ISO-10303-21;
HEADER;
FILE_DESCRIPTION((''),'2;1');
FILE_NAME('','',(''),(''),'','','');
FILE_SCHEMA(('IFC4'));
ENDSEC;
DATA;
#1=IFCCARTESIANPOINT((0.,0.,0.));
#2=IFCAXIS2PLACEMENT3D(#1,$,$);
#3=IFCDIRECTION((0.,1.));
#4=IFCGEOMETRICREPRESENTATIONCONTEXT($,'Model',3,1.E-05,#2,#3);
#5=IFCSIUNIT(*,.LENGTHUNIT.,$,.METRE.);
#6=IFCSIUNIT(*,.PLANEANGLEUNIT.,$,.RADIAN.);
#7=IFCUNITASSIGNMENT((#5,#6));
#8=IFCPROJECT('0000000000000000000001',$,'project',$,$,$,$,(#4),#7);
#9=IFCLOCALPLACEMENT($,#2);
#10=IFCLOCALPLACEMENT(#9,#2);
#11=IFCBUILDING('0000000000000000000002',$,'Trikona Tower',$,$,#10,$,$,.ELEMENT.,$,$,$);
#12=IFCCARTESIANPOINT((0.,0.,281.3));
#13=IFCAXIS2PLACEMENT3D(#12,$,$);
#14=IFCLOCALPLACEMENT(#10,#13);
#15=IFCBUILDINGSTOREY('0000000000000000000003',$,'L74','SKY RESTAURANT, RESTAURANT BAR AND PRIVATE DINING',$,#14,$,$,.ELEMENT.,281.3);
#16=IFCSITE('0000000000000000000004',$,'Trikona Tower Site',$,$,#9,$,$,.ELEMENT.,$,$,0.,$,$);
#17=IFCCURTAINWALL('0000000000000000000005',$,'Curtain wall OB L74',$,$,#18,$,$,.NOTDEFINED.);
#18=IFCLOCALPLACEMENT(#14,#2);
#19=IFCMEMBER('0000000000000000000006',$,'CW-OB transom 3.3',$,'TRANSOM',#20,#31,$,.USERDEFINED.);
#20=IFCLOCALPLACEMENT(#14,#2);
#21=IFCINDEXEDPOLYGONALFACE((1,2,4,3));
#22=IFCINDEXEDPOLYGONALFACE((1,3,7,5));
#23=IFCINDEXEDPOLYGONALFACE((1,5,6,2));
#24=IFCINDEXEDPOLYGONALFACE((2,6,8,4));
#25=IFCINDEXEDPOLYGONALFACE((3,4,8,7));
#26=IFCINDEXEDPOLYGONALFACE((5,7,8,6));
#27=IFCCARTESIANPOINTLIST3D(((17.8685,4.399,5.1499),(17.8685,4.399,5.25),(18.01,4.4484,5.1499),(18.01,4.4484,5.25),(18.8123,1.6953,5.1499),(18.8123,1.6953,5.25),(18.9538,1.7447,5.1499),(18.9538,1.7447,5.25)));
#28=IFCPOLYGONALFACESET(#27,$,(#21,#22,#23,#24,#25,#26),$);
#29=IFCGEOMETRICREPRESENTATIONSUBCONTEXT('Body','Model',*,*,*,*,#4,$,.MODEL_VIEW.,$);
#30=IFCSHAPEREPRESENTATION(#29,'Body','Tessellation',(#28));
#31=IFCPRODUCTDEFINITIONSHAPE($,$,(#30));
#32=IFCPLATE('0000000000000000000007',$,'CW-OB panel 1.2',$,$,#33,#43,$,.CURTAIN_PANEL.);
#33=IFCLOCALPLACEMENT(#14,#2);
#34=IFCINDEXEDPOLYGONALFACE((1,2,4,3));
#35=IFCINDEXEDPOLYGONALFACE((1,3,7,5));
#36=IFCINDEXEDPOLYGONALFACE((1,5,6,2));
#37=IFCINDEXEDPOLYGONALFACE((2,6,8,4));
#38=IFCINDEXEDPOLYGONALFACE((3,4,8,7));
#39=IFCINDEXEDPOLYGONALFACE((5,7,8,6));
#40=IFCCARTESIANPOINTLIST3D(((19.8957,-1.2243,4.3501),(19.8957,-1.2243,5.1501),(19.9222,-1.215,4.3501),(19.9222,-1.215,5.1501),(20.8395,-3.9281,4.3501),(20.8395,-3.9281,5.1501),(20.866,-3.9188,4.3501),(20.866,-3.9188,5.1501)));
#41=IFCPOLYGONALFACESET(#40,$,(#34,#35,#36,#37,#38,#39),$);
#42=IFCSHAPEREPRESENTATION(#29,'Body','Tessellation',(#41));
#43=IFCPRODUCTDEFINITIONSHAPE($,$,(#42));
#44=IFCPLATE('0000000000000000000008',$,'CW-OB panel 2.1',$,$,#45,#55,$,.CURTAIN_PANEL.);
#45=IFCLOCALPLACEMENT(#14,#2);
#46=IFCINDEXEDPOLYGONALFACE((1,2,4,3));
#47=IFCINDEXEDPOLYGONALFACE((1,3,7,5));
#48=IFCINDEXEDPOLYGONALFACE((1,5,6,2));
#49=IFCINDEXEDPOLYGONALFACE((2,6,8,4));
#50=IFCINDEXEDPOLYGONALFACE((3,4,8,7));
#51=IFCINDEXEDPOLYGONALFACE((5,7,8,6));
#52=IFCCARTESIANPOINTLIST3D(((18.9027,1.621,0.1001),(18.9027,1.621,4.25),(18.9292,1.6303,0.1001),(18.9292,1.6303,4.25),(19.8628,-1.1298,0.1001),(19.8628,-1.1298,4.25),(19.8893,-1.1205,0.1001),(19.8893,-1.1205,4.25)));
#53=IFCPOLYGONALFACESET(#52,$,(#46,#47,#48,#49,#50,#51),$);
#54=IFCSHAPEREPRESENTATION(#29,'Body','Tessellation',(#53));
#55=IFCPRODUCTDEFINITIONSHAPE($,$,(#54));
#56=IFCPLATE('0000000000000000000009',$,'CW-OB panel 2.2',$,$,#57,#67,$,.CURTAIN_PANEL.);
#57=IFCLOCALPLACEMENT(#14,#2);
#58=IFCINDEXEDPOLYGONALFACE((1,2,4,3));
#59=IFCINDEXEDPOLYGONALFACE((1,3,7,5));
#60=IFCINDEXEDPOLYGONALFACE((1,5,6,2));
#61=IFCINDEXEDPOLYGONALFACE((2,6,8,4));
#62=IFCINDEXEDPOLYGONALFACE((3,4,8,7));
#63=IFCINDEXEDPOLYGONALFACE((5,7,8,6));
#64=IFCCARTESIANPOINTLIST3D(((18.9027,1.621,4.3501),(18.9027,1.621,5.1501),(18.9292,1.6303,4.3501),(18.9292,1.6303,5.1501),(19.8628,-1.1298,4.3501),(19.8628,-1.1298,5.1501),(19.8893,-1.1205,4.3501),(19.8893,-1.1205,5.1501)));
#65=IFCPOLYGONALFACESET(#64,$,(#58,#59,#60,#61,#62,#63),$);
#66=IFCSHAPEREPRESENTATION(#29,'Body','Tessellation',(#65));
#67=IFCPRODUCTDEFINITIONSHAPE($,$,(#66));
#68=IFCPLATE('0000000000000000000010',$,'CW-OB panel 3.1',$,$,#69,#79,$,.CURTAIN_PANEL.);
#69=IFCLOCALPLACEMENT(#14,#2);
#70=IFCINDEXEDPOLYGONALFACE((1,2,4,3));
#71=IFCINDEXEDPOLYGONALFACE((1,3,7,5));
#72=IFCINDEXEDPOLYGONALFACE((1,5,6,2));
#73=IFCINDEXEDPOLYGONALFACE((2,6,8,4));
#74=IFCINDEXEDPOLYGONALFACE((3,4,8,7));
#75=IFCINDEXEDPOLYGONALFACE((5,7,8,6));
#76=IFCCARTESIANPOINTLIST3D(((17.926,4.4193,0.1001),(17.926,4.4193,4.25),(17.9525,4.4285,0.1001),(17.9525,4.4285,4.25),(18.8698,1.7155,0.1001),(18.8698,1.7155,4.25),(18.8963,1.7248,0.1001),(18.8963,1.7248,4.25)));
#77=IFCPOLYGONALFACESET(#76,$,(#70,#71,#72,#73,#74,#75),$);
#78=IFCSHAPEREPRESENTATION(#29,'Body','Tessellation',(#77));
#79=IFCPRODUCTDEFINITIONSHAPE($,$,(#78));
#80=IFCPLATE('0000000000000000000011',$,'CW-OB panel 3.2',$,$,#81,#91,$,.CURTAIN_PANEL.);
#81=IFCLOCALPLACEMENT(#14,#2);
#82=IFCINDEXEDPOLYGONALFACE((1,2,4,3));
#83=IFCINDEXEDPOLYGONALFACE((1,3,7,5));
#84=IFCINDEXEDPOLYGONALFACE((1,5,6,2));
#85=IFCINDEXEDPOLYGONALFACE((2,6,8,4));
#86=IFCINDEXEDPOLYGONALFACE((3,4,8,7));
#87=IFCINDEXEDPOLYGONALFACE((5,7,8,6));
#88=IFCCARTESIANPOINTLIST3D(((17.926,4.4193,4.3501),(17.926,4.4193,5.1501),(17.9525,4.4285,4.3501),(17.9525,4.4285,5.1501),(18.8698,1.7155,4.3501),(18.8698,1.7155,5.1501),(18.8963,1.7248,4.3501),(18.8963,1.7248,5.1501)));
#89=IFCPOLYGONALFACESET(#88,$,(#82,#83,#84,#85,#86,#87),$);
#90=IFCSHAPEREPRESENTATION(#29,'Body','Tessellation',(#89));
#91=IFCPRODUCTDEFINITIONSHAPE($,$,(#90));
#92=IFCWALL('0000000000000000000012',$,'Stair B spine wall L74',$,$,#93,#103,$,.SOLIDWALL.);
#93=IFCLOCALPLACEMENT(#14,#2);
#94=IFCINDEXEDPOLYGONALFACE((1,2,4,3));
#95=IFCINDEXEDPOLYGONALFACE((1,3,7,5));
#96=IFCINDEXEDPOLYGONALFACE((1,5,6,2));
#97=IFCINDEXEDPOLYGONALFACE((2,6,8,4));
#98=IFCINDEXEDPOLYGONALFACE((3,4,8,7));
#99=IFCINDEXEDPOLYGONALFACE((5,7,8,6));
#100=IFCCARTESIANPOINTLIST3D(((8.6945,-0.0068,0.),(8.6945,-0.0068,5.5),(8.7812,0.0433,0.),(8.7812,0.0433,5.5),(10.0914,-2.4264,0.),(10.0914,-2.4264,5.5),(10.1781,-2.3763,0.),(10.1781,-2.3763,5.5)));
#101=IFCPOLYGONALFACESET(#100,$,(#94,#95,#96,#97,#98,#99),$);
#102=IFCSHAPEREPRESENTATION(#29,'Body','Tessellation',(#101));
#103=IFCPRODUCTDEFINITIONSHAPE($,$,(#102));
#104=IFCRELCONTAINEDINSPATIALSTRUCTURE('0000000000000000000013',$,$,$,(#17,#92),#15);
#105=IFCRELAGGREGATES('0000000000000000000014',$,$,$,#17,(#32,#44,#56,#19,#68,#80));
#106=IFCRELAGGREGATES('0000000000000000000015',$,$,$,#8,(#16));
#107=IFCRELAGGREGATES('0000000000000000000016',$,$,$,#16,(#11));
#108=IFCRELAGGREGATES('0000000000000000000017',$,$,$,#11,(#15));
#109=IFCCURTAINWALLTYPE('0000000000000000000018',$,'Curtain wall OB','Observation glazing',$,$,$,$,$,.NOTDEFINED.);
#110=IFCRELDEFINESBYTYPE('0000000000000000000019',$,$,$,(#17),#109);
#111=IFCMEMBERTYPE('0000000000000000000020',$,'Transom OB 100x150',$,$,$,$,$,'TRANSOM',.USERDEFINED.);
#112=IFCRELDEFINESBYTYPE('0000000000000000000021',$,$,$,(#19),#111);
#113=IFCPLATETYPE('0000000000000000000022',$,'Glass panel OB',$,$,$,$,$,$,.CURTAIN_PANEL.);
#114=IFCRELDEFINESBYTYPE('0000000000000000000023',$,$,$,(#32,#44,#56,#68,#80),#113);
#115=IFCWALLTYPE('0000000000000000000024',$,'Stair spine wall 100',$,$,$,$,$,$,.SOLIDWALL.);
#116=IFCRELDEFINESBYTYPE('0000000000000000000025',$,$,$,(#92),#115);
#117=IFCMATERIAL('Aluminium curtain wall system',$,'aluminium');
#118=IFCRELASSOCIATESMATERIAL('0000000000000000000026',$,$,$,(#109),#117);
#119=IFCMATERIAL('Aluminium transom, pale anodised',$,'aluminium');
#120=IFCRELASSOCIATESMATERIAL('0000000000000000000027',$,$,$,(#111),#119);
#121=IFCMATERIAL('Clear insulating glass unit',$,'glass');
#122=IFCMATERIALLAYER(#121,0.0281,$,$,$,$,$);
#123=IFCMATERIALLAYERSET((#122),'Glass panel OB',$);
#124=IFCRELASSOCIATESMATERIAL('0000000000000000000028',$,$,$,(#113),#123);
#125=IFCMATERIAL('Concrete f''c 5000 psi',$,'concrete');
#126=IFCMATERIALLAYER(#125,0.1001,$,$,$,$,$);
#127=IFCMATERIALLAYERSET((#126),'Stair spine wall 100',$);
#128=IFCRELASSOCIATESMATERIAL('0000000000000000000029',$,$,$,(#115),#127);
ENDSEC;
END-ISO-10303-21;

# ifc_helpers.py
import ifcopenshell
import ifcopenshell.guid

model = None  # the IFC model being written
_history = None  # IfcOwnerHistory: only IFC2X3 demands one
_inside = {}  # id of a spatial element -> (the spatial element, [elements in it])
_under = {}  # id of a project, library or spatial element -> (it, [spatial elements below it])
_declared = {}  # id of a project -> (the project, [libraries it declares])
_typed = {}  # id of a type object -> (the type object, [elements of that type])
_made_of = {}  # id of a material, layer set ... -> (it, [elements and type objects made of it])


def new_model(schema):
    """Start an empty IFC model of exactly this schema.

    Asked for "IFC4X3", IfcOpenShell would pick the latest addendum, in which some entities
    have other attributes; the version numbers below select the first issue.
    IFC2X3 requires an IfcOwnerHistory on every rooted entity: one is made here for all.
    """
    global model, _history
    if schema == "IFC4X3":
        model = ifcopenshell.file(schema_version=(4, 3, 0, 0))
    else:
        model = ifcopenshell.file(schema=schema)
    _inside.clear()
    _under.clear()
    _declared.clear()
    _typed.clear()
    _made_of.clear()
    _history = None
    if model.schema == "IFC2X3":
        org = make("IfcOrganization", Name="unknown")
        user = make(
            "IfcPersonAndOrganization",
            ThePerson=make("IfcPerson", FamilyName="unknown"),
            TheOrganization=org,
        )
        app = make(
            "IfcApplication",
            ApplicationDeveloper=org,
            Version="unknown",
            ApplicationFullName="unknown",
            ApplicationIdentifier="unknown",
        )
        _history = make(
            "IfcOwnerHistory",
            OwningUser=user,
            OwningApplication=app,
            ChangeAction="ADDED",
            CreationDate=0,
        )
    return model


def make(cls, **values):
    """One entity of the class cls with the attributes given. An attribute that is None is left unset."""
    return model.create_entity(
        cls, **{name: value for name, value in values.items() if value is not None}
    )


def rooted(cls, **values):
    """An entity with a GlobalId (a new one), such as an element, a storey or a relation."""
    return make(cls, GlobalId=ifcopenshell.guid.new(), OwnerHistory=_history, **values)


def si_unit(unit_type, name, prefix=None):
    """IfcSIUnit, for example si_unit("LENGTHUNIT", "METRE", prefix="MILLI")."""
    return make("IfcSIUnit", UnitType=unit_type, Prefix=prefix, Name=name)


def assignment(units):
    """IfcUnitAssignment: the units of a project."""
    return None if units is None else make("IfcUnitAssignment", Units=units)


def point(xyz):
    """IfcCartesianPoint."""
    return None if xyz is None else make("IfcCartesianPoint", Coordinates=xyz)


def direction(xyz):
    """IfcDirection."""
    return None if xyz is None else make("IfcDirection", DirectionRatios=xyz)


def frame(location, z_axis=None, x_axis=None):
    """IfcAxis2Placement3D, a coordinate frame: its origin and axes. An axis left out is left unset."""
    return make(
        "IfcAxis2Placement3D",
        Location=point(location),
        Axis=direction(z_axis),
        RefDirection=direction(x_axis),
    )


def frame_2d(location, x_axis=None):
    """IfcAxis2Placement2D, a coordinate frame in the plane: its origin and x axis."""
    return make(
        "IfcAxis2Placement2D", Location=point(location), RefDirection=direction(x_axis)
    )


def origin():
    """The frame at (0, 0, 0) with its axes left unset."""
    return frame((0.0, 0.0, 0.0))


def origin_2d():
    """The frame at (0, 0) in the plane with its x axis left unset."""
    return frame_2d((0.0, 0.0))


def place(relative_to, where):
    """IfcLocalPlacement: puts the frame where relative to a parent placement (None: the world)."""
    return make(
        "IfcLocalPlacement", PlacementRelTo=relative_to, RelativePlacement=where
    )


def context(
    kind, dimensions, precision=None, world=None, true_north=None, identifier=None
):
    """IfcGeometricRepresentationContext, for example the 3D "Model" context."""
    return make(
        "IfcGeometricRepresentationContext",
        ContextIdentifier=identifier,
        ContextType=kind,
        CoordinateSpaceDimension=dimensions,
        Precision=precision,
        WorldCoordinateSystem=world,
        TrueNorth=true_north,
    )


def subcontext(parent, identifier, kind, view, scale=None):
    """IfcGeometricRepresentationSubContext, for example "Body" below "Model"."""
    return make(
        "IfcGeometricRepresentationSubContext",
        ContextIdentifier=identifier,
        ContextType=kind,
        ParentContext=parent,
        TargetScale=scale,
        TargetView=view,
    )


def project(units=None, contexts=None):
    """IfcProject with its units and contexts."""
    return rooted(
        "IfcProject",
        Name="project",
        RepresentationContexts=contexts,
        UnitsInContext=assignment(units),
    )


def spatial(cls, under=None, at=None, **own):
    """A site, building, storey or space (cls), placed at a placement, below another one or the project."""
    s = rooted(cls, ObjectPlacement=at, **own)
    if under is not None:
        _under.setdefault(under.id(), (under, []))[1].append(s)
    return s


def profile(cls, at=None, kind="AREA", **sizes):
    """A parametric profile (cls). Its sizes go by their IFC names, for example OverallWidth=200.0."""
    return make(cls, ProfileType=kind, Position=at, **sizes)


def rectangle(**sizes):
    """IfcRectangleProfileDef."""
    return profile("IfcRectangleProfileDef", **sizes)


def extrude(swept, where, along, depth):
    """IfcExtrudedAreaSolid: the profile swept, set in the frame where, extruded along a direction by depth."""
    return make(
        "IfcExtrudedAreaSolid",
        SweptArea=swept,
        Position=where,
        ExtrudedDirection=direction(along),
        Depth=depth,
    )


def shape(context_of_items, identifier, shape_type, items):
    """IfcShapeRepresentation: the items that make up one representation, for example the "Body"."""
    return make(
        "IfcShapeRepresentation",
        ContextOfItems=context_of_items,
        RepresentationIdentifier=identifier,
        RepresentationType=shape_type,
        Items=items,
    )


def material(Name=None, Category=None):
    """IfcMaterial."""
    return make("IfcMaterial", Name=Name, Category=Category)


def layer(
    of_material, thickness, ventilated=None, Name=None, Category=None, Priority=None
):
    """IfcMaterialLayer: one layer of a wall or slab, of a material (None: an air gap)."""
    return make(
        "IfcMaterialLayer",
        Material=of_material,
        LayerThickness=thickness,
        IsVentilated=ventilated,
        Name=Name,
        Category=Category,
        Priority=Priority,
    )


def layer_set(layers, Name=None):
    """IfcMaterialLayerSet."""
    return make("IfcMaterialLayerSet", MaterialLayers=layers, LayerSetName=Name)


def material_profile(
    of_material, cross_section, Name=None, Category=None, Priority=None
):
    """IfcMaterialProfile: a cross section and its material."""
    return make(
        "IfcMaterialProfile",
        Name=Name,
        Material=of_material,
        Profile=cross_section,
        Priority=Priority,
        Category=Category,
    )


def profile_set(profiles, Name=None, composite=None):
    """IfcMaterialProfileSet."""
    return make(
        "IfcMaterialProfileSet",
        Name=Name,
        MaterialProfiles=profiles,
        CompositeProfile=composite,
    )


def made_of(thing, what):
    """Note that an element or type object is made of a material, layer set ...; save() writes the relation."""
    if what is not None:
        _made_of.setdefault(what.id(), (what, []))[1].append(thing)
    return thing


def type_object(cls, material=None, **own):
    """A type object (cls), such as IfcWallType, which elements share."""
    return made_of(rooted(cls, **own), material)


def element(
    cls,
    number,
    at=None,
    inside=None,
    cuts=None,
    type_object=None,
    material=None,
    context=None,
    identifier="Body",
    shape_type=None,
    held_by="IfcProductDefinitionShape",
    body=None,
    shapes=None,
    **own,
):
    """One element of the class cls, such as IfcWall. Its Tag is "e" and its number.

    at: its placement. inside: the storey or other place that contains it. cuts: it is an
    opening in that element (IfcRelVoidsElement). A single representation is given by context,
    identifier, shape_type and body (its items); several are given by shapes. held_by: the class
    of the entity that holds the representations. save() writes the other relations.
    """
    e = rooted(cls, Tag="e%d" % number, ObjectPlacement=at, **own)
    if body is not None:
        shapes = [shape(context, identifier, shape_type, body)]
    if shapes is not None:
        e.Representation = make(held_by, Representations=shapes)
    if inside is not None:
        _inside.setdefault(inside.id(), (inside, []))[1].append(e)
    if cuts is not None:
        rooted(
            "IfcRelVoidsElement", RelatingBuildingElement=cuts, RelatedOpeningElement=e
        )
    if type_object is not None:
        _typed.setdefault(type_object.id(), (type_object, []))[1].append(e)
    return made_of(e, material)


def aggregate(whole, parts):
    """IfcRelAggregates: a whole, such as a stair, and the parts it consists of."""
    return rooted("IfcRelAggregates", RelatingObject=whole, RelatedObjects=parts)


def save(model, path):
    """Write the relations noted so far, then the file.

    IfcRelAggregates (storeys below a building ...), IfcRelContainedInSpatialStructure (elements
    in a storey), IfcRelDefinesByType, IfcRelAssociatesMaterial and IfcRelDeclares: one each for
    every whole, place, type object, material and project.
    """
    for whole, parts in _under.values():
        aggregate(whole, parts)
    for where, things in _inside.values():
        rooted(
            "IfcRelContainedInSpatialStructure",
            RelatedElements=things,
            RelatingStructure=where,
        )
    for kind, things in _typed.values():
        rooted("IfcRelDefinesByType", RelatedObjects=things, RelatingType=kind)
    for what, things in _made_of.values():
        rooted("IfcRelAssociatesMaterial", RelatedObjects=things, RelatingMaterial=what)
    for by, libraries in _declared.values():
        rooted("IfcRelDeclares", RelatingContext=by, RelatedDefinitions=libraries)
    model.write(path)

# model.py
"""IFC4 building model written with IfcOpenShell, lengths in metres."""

from ifc_helpers import new_model, si_unit, direction, frame, frame_2d, origin, origin_2d, place, context, subcontext, project, spatial, rectangle, extrude, material, layer, layer_set, material_profile, profile_set, type_object, element, aggregate, save


model = new_model("IFC4")

# Units and contexts
model_context = context("Model", 3, precision=1e-05, world=origin(), true_north=direction((0.0, 1.0)))
body_context = subcontext(model_context, "Body", "Model", "MODEL_VIEW")
ifc_project = project(units=[si_unit("LENGTHUNIT", "METRE"), si_unit("PLANEANGLEUNIT", "RADIAN")], contexts=[model_context])

# Site, building, storey
site_placement = place(None, origin())
site = spatial("IfcSite", under=ifc_project, at=site_placement, Name="Trikona Tower Site", CompositionType="ELEMENT", RefElevation=0.0)
building_placement = place(site_placement, origin())
building = spatial("IfcBuilding", under=site, at=building_placement, Name="Trikona Tower", CompositionType="ELEMENT")
storey_placement = place(building_placement, frame((0.0, 0.0, 281.3)))
storey = spatial("IfcBuildingStorey", under=building, at=storey_placement, Name="L74", Description="SKY RESTAURANT, RESTAURANT BAR AND PRIVATE DINING", CompositionType="ELEMENT", Elevation=281.3)

# Curtain wall
ifc_material_1 = material(Name="Aluminium curtain wall system", Category="aluminium")
curtain_wall_type = type_object("IfcCurtainWallType", Name="Curtain wall OB", Description="Observation glazing", PredefinedType="NOTDEFINED", material=ifc_material_1)
curtain_wall_placement = place(storey_placement, origin())
curtain_wall = element("IfcCurtainWall", 1, at=curtain_wall_placement, inside=storey, type_object=curtain_wall_type, Name="Curtain wall OB L74", PredefinedType="NOTDEFINED")

# Member
ifc_material_2 = material(Name="Aluminium transom, pale anodised", Category="aluminium")
ifc_material_profile_1 = material_profile(ifc_material_2, rectangle(XDim=0.1499, YDim=0.1001, at=origin_2d()), Name="TRN-OB")
ifc_profile_set_1 = profile_set([ifc_material_profile_1], Name="Aluminium transom, pale anodised")
member_type_1 = type_object("IfcMemberType", Name="Transom OB 100x150", ElementType="TRANSOM", PredefinedType="USERDEFINED", material=ifc_profile_set_1)
member_1_placement = place(storey_placement, frame((18.8831, 1.72, 5.2), z_axis=(-0.329572, 0.94413, 0.0), x_axis=(-0.94413, -0.329572, 0.0)))
member_1 = element("IfcMember", 2, at=member_1_placement, type_object=member_type_1, Name="CW-OB transom 3.3", ObjectType="TRANSOM", PredefinedType="USERDEFINED", context=body_context, shape_type="SweptSolid", body=[
    extrude(rectangle(XDim=0.1499, YDim=0.1001, at=origin_2d()), origin(), (0.0, 0.0, 1.0), 2.8638),
])

# Plates
ifc_material_3 = material(Name="Clear insulating glass unit", Category="glass")
ifc_layer_1 = layer(ifc_material_3, 0.0281)
ifc_layer_set_1 = layer_set([ifc_layer_1], Name="Glass panel OB")
plate_type = type_object("IfcPlateType", Name="Glass panel OB", PredefinedType="CURTAIN_PANEL", material=ifc_layer_set_1)
plate_1_placement = place(storey_placement, frame((20.3809, -2.5715, 4.3501), z_axis=(0.0, 0.0, 1.0), x_axis=(-0.329552, 0.944137, 0.0)))
plate_1 = element("IfcPlate", 3, at=plate_1_placement, type_object=plate_type, Name="CW-OB panel 1.2", PredefinedType="CURTAIN_PANEL", context=body_context, shape_type="SweptSolid", body=[
    extrude(rectangle(XDim=2.8638, YDim=0.0281, at=origin_2d()), origin(), (0.0, 0.0, 1.0), 0.8),
])
plate_2_placement = place(storey_placement, frame((19.396, 0.2502, 0.1001), z_axis=(0.0, 0.0, 1.0), x_axis=(-0.329552, 0.944137, 0.0)))
plate_2 = element("IfcPlate", 4, at=plate_2_placement, type_object=plate_type, Name="CW-OB panel 2.1", PredefinedType="CURTAIN_PANEL", context=body_context, shape_type="SweptSolid", body=[
    extrude(rectangle(XDim=2.9136, YDim=0.0281, at=origin_2d()), origin(), (0.0, 0.0, 1.0), 4.1499),
])
plate_3_placement = place(storey_placement, frame((19.396, 0.2502, 4.3501), z_axis=(0.0, 0.0, 1.0), x_axis=(-0.329552, 0.944137, 0.0)))
plate_3 = element("IfcPlate", 5, at=plate_3_placement, type_object=plate_type, Name="CW-OB panel 2.2", PredefinedType="CURTAIN_PANEL", context=body_context, shape_type="SweptSolid", body=[
    extrude(rectangle(XDim=2.9136, YDim=0.0281, at=origin_2d()), origin(), (0.0, 0.0, 1.0), 0.8),
])
plate_4_placement = place(storey_placement, frame((18.4111, 3.072, 0.1001), z_axis=(0.0, 0.0, 1.0), x_axis=(-0.329552, 0.944137, 0.0)))
plate_4 = element("IfcPlate", 6, at=plate_4_placement, type_object=plate_type, Name="CW-OB panel 3.1", PredefinedType="CURTAIN_PANEL", context=body_context, shape_type="SweptSolid", body=[
    extrude(rectangle(XDim=2.8638, YDim=0.0281, at=origin_2d()), origin(), (0.0, 0.0, 1.0), 4.1499),
])
plate_5_placement = place(storey_placement, frame((18.4111, 3.072, 4.3501), z_axis=(0.0, 0.0, 1.0), x_axis=(-0.329552, 0.944137, 0.0)))
plate_5 = element("IfcPlate", 7, at=plate_5_placement, type_object=plate_type, Name="CW-OB panel 3.2", PredefinedType="CURTAIN_PANEL", context=body_context, shape_type="SweptSolid", body=[
    extrude(rectangle(XDim=2.8638, YDim=0.0281, at=origin_2d()), origin(), (0.0, 0.0, 1.0), 0.8),
])
aggregate(curtain_wall, [plate_1, plate_2, plate_3, member_1, plate_4, plate_5])

# Wall
ifc_material_4 = material(Name="Concrete f'c 5000 psi", Category="concrete")
ifc_layer_2 = layer(ifc_material_4, 0.1001)
ifc_layer_set_2 = layer_set([ifc_layer_2], Name="Stair spine wall 100")
wall_type_1 = type_object("IfcWallType", Name="Stair spine wall 100", PredefinedType="SOLIDWALL", material=ifc_layer_set_2)
wall_1_placement = place(storey_placement, frame((10.1348, -2.4014, 0.0), z_axis=(0.0, 0.0, 1.0), x_axis=(-0.499992, 0.86603, 0.0)))
element("IfcWall", 8, at=wall_1_placement, inside=storey, type_object=wall_type_1, Name="Stair B spine wall L74", PredefinedType="SOLIDWALL", context=body_context, shape_type="SweptSolid", body=[
    extrude(rectangle(XDim=2.7939, YDim=0.1001, at=frame_2d((1.397, 0.0))), origin(), (0.0, 0.0, 1.0), 5.5),
])

save(model, "model.ifc")
